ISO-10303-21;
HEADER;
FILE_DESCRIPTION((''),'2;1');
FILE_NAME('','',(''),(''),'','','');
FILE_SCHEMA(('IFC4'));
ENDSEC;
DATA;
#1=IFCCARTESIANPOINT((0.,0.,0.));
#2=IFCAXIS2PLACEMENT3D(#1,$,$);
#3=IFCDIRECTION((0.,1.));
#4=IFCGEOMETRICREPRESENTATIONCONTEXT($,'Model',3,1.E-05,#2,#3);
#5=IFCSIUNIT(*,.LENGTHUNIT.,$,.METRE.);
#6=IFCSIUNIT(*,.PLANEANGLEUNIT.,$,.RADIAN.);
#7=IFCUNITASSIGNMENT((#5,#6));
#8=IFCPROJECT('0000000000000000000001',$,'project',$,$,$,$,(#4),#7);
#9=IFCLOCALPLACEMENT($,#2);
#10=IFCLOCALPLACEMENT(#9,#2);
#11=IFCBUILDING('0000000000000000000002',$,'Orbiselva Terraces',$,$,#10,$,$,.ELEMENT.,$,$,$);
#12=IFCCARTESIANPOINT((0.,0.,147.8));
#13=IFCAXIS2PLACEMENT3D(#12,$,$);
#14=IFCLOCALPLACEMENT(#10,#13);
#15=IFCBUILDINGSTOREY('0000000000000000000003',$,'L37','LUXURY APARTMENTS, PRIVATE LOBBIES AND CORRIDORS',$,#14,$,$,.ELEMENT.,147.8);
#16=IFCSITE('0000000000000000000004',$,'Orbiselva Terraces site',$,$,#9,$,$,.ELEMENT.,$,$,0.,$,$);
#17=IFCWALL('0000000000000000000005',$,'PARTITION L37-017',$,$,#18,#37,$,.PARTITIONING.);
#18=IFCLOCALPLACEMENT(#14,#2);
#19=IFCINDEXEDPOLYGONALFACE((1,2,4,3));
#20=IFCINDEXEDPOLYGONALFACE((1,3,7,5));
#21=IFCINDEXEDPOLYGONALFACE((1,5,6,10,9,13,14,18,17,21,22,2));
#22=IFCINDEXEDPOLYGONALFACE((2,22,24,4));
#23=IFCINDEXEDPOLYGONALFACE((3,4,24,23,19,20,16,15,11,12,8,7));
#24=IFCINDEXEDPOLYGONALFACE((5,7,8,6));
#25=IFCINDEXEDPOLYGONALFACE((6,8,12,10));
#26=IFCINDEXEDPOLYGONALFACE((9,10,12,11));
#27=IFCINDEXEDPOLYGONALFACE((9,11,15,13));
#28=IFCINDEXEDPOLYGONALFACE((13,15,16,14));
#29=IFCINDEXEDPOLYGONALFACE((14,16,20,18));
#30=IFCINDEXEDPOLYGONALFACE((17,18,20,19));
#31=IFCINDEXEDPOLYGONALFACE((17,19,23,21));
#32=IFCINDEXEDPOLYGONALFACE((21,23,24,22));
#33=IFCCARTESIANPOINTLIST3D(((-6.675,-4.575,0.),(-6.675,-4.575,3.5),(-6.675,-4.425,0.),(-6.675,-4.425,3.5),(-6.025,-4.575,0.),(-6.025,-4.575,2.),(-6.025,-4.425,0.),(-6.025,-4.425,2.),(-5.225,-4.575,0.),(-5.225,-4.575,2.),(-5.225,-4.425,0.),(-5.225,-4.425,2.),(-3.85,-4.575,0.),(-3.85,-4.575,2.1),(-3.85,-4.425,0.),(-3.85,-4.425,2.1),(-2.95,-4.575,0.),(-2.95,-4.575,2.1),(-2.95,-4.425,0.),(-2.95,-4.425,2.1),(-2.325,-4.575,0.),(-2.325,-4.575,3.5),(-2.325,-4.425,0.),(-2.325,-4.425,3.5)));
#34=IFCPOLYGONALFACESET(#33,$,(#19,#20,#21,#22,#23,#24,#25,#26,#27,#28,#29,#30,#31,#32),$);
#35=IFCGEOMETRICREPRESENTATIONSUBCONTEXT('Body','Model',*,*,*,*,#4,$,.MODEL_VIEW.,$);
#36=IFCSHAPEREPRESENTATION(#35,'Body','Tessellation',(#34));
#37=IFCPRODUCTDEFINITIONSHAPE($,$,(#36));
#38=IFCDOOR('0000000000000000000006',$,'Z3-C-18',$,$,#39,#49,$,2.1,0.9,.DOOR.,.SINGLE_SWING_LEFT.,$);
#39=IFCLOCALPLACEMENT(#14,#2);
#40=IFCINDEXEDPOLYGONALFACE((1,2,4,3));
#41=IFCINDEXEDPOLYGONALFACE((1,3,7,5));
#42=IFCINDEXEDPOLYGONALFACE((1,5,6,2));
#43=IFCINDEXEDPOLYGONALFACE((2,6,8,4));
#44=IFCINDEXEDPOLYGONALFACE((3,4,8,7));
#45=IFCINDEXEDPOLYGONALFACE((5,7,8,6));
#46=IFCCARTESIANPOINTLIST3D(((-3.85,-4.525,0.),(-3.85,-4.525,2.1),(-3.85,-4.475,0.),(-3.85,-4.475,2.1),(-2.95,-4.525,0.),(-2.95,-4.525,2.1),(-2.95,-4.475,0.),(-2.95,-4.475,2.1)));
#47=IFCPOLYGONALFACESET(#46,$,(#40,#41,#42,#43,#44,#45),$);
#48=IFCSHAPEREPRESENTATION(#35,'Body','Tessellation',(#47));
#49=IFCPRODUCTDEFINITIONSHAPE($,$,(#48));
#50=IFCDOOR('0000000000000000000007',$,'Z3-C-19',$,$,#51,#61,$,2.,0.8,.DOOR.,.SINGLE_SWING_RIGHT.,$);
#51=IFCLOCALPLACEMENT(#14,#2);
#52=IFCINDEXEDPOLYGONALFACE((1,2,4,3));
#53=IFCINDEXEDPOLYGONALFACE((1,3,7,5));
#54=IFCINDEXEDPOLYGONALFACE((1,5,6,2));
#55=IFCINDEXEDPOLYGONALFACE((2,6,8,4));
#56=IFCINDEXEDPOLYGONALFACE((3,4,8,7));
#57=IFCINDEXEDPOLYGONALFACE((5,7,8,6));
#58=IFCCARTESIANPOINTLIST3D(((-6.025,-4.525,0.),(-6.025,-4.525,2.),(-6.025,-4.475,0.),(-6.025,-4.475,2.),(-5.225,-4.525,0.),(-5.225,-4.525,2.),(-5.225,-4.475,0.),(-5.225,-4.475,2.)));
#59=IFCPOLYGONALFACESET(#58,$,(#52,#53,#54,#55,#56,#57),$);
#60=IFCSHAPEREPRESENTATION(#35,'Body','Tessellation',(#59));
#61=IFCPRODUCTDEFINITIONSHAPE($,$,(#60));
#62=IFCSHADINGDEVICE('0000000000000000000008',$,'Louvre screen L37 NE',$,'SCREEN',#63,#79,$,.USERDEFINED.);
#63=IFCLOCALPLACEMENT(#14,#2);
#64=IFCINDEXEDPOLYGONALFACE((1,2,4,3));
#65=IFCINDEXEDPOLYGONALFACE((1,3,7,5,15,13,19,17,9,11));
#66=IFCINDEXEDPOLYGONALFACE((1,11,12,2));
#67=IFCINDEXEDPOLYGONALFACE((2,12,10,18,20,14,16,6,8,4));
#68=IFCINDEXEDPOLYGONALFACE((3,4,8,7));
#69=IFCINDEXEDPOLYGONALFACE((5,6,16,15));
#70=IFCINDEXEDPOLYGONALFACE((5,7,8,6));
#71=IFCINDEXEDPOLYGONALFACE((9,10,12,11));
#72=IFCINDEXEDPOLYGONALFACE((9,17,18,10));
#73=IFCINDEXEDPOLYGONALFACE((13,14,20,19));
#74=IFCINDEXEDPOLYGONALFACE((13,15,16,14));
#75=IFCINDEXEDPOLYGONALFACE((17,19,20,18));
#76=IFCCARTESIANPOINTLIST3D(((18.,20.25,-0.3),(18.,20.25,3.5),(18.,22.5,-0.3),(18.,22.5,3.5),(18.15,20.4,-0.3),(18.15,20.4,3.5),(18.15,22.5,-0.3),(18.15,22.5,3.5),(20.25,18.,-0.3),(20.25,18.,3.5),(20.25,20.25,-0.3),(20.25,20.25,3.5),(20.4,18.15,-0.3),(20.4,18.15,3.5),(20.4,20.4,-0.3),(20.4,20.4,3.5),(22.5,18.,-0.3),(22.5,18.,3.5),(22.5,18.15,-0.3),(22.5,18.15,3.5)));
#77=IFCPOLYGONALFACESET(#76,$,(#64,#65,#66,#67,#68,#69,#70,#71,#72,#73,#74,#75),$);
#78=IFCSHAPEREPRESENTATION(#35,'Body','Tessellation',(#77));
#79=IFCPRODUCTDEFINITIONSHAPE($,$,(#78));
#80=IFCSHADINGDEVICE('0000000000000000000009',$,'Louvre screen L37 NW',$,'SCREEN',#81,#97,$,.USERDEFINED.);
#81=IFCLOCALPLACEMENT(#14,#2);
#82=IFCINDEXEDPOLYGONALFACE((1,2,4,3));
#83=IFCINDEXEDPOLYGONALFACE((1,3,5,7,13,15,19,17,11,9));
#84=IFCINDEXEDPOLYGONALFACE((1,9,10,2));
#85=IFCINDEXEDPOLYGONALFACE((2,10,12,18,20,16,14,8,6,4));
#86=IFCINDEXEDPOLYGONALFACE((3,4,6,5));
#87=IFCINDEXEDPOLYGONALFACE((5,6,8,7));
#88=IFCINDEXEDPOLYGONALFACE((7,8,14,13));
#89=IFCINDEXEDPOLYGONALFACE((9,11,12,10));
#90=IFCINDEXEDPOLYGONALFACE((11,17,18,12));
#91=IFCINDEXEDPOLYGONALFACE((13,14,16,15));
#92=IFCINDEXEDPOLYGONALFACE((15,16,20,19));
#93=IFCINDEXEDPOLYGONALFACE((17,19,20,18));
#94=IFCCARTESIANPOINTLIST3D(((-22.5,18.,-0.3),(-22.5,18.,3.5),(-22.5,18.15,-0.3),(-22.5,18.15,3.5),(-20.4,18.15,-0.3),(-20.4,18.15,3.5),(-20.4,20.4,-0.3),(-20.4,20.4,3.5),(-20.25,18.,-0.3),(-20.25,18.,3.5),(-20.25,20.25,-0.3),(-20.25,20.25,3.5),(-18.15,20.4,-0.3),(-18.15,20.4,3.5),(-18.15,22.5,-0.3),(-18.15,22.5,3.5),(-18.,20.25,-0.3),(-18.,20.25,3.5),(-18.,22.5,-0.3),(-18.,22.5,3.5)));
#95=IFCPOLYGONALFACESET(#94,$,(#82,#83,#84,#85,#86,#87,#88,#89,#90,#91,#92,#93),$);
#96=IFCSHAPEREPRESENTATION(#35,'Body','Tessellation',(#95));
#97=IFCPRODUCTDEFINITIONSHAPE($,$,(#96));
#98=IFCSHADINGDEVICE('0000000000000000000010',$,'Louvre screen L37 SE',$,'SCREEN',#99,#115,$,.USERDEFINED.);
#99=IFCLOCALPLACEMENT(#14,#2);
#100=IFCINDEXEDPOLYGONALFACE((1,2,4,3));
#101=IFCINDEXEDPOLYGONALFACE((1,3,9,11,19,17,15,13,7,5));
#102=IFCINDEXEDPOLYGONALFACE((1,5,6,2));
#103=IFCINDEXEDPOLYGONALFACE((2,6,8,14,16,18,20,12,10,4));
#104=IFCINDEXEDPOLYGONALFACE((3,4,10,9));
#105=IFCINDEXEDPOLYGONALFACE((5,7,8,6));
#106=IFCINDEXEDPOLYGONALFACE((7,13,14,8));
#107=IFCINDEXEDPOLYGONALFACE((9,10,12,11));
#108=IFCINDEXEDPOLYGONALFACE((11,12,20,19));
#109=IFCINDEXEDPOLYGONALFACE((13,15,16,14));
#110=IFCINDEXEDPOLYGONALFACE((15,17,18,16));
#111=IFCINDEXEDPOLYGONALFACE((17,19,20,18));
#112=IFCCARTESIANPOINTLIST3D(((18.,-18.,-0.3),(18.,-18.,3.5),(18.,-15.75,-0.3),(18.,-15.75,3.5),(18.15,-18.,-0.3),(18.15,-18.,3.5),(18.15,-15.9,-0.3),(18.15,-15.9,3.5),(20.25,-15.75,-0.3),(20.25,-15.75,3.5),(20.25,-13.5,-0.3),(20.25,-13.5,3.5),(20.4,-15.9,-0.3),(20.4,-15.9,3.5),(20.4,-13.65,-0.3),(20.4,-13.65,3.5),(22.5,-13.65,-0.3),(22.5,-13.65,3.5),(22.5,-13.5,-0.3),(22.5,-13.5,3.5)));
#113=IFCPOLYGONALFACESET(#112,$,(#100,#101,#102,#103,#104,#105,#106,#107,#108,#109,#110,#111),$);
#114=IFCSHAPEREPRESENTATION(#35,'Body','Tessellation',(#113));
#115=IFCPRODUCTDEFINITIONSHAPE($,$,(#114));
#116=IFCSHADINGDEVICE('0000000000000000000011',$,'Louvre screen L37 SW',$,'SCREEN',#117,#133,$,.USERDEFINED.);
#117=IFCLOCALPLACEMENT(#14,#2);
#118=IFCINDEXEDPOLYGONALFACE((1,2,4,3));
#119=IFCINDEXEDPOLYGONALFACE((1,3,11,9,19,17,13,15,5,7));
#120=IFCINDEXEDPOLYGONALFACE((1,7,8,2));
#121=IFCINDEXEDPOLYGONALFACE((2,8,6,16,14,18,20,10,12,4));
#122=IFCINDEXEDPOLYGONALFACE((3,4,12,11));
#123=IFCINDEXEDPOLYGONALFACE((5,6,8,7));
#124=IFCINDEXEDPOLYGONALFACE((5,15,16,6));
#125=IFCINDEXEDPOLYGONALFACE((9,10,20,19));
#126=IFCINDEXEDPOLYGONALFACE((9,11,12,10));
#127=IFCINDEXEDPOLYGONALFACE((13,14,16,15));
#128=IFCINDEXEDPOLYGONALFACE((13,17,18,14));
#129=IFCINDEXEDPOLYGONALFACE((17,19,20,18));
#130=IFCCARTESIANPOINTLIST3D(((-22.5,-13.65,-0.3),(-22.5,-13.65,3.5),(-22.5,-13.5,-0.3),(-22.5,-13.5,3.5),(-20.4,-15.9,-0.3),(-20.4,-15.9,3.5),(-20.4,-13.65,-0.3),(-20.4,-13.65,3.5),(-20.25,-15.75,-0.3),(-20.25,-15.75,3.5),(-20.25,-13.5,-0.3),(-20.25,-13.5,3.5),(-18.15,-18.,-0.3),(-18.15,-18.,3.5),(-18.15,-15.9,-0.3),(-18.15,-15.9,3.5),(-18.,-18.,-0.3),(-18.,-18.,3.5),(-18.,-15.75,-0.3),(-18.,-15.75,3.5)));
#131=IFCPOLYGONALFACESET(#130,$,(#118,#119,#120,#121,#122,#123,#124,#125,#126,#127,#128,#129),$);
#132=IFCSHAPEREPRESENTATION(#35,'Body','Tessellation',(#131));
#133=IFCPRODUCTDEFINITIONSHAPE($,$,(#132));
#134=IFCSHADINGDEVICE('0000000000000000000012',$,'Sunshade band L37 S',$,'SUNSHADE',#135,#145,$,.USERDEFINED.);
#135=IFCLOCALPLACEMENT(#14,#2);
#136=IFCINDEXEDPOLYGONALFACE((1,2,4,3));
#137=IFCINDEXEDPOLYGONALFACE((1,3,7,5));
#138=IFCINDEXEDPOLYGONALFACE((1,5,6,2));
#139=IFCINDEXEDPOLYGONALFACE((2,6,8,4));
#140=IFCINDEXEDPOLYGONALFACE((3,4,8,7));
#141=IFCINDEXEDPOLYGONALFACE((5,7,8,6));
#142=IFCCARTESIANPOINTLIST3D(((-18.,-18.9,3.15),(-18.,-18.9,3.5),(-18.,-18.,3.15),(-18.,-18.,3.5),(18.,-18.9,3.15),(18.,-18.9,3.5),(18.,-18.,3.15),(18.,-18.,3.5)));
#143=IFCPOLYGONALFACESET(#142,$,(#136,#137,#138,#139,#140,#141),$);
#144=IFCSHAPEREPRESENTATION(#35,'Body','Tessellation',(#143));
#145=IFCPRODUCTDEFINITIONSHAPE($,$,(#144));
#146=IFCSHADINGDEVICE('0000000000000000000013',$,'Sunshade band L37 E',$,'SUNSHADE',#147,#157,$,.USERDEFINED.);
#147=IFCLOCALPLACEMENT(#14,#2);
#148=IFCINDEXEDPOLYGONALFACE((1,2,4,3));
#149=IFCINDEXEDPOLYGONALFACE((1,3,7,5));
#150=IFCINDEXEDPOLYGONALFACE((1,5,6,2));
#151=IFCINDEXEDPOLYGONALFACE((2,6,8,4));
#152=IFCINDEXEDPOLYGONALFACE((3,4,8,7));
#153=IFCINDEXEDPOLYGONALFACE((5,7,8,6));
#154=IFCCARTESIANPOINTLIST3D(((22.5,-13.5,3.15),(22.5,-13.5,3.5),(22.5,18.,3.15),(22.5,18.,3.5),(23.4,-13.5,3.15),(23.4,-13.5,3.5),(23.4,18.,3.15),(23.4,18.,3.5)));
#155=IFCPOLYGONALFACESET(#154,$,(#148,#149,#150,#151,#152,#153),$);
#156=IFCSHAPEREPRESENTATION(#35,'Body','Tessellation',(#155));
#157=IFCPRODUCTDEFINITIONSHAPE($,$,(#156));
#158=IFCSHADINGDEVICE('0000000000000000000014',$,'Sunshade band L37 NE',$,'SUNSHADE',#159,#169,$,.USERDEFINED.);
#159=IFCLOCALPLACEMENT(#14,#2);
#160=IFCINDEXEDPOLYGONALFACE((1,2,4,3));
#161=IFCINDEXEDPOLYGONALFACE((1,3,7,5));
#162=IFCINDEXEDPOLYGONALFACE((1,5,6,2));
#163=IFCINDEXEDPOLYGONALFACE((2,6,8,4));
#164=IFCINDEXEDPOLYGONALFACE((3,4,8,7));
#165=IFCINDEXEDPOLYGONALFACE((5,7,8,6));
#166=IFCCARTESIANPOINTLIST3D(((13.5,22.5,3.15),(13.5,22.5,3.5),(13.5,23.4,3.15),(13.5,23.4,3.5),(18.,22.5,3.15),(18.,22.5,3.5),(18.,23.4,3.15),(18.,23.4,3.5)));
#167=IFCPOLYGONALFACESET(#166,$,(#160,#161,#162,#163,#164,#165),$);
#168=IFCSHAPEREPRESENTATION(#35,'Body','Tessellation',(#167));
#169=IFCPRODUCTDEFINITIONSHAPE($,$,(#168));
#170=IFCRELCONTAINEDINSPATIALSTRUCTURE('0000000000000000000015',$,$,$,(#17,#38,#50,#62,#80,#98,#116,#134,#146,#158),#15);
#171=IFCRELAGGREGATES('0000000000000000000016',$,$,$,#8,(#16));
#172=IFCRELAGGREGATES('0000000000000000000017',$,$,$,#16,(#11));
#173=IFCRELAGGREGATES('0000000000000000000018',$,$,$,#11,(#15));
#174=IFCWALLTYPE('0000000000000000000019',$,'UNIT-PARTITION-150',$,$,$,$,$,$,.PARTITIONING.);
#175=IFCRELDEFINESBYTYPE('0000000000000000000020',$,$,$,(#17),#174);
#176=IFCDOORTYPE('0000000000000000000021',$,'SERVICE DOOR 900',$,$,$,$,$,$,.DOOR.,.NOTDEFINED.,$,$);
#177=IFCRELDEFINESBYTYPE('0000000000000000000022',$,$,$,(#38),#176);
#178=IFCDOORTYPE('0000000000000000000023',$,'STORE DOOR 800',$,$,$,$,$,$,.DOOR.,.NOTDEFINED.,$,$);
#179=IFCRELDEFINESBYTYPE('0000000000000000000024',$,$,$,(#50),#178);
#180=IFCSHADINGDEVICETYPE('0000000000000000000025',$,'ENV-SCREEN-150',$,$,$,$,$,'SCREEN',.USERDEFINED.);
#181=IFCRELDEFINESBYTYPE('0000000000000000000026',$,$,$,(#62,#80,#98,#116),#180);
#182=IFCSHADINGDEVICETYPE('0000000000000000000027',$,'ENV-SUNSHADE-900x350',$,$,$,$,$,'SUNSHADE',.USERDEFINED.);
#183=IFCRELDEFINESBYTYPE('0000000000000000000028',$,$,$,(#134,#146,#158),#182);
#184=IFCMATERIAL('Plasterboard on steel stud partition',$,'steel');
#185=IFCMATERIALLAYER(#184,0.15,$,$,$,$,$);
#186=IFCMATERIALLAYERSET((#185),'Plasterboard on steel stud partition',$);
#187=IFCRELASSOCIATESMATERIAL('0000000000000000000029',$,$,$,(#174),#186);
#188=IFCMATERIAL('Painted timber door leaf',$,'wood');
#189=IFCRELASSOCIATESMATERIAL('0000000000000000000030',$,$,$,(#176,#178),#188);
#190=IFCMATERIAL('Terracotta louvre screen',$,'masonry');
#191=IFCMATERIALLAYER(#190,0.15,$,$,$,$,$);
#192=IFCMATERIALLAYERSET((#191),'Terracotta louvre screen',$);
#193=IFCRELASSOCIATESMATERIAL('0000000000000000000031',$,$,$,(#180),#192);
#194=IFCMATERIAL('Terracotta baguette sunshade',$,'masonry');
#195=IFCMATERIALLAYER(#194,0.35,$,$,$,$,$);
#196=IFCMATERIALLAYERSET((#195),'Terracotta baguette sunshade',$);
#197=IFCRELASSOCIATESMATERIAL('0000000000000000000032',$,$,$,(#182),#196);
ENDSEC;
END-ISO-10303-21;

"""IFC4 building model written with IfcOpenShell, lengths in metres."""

from ifc_helpers import new_model, si_unit, direction, frame, frame_2d, origin, place, context, subcontext, project, spatial, polyline, rectangle, outline, extrude, material, layer, layer_set, type_object, element, fill, save


model = new_model("IFC4")

# Units and contexts
model_context = context("Model", 3, precision=1e-05, world=origin(), true_north=direction((0.0, 1.0)))
body_context = subcontext(model_context, "Body", "Model", "MODEL_VIEW")
ifc_project = project(units=[si_unit("LENGTHUNIT", "METRE"), si_unit("PLANEANGLEUNIT", "RADIAN")], contexts=[model_context])

# Site, building, storey
site_placement = place(None, origin())
site = spatial("IfcSite", under=ifc_project, at=site_placement, Name="Orbiselva Terraces site", CompositionType="ELEMENT", RefElevation=0.0)
building_placement = place(site_placement, origin())
building = spatial("IfcBuilding", under=site, at=building_placement, Name="Orbiselva Terraces", CompositionType="ELEMENT")
storey_placement = place(building_placement, frame((0.0, 0.0, 147.8)))
storey = spatial("IfcBuildingStorey", under=building, at=storey_placement, Name="L37", Description="LUXURY APARTMENTS, PRIVATE LOBBIES AND CORRIDORS", CompositionType="ELEMENT", Elevation=147.8)

# Shared definitions
ifc_material_1 = material(Name="Plasterboard on steel stud partition", Category="steel")
ifc_layer_1 = layer(ifc_material_1, 0.15)
ifc_layer_set_1 = layer_set([ifc_layer_1], Name="Plasterboard on steel stud partition")
wall_type = type_object("IfcWallType", Name="UNIT-PARTITION-150", PredefinedType="PARTITIONING", material=ifc_layer_set_1)

# Shared definitions
ifc_material_2 = material(Name="Painted timber door leaf", Category="wood")

# Wall, openings, doors
wall_1_placement = place(storey_placement, frame((-2.325, -4.5, 0.0), z_axis=(0.0, 0.0, 1.0), x_axis=(-1.0, 0.0, 0.0)))
wall_1 = element("IfcWall", 1, at=wall_1_placement, inside=storey, type_object=wall_type, Name="PARTITION L37-017", PredefinedType="PARTITIONING", context=body_context, shape_type="SweptSolid", body=[
    extrude(rectangle(XDim=4.35, YDim=0.15, at=frame_2d((2.175, 0.0))), origin(), (0.0, 0.0, 1.0), 3.5),
])
opening_1_placement = place(wall_1_placement, frame((0.625, 0.0, 0.0)))
opening_1 = element("IfcOpeningElement", 2, at=opening_1_placement, cuts=wall_1, PredefinedType="OPENING", context=body_context, shape_type="SweptSolid", body=[
    extrude(rectangle(XDim=0.9, YDim=2.1, at=frame_2d((0.45, 1.05))), frame((0.0, 0.085, 0.0), z_axis=(0.0, -1.0, 0.0), x_axis=(1.0, 0.0, 0.0)), (0.0, 0.0, 1.0), 0.17),
])
opening_2_placement = place(wall_1_placement, frame((2.9, 0.0, 0.0)))
opening_2 = element("IfcOpeningElement", 3, at=opening_2_placement, cuts=wall_1, PredefinedType="OPENING", context=body_context, shape_type="SweptSolid", body=[
    extrude(rectangle(XDim=0.8, YDim=2.0, at=frame_2d((0.4, 1.0))), frame((0.0, 0.085, 0.0), z_axis=(0.0, -1.0, 0.0), x_axis=(1.0, 0.0, 0.0)), (0.0, 0.0, 1.0), 0.17),
])
door_type_1 = type_object("IfcDoorType", Name="SERVICE DOOR 900", OperationType="NOTDEFINED", PredefinedType="DOOR", material=ifc_material_2)
door_1_placement = place(opening_1_placement, origin())
door_1 = element("IfcDoor", 4, at=door_1_placement, inside=storey, type_object=door_type_1, Name="Z3-C-18", OperationType="SINGLE_SWING_LEFT", OverallHeight=2.1, OverallWidth=0.9, PredefinedType="DOOR", context=body_context, shape_type="SweptSolid", body=[
    extrude(rectangle(XDim=0.9, YDim=2.1, at=frame_2d((0.45, 1.05))), frame((0.0, 0.025, 0.0), z_axis=(0.0, -1.0, 0.0), x_axis=(1.0, 0.0, 0.0)), (0.0, 0.0, 1.0), 0.05),
])
fill(opening_1, door_1)
door_type_2 = type_object("IfcDoorType", Name="STORE DOOR 800", OperationType="NOTDEFINED", PredefinedType="DOOR", material=ifc_material_2)
door_2_placement = place(opening_2_placement, origin())
door_2 = element("IfcDoor", 5, at=door_2_placement, inside=storey, type_object=door_type_2, Name="Z3-C-19", OperationType="SINGLE_SWING_RIGHT", OverallHeight=2.0, OverallWidth=0.8, PredefinedType="DOOR", context=body_context, shape_type="SweptSolid", body=[
    extrude(rectangle(XDim=0.8, YDim=2.0, at=frame_2d((0.4, 1.0))), frame((0.0, 0.025, 0.0), z_axis=(0.0, -1.0, 0.0), x_axis=(1.0, 0.0, 0.0)), (0.0, 0.0, 1.0), 0.05),
])
fill(opening_2, door_2)

# Shading devices
ifc_material_3 = material(Name="Terracotta louvre screen", Category="masonry")
ifc_layer_2 = layer(ifc_material_3, 0.15)
ifc_layer_set_2 = layer_set([ifc_layer_2], Name="Terracotta louvre screen")
shading_device_type_1 = type_object("IfcShadingDeviceType", Name="ENV-SCREEN-150", ElementType="SCREEN", PredefinedType="USERDEFINED", material=ifc_layer_set_2)
shading_device_1_placement = place(storey_placement, frame((0.0, 0.0, -0.3)))
element("IfcShadingDevice", 6, at=shading_device_1_placement, inside=storey, type_object=shading_device_type_1, Name="Louvre screen L37 NE", ObjectType="SCREEN", PredefinedType="USERDEFINED", context=body_context, shape_type="SweptSolid", body=[
    extrude(outline(polyline([(22.5, 18.15), (20.4, 18.15), (20.4, 20.4), (18.15, 20.4), (18.15, 22.5), (18.0, 22.5), (18.0, 20.25), (20.25, 20.25), (20.25, 18.0), (22.5, 18.0), (22.5, 18.15)])), origin(), (0.0, 0.0, 1.0), 3.8),
])
shading_device_2_placement = place(storey_placement, frame((0.0, 0.0, -0.3)))
element("IfcShadingDevice", 7, at=shading_device_2_placement, inside=storey, type_object=shading_device_type_1, Name="Louvre screen L37 NW", ObjectType="SCREEN", PredefinedType="USERDEFINED", context=body_context, shape_type="SweptSolid", body=[
    extrude(outline(polyline([(-18.15, 22.5), (-18.15, 20.4), (-20.4, 20.4), (-20.4, 18.15), (-22.5, 18.15), (-22.5, 18.0), (-20.25, 18.0), (-20.25, 20.25), (-18.0, 20.25), (-18.0, 22.5), (-18.15, 22.5)])), origin(), (0.0, 0.0, 1.0), 3.8),
])
shading_device_3_placement = place(storey_placement, frame((0.0, 0.0, -0.3)))
element("IfcShadingDevice", 8, at=shading_device_3_placement, inside=storey, type_object=shading_device_type_1, Name="Louvre screen L37 SE", ObjectType="SCREEN", PredefinedType="USERDEFINED", context=body_context, shape_type="SweptSolid", body=[
    extrude(outline(polyline([(18.15, -18.0), (18.15, -15.9), (20.4, -15.9), (20.4, -13.65), (22.5, -13.65), (22.5, -13.5), (20.25, -13.5), (20.25, -15.75), (18.0, -15.75), (18.0, -18.0), (18.15, -18.0)])), origin(), (0.0, 0.0, 1.0), 3.8),
])
shading_device_4_placement = place(storey_placement, frame((0.0, 0.0, -0.3)))
element("IfcShadingDevice", 9, at=shading_device_4_placement, inside=storey, type_object=shading_device_type_1, Name="Louvre screen L37 SW", ObjectType="SCREEN", PredefinedType="USERDEFINED", context=body_context, shape_type="SweptSolid", body=[
    extrude(outline(polyline([(-22.5, -13.65), (-20.4, -13.65), (-20.4, -15.9), (-18.15, -15.9), (-18.15, -18.0), (-18.0, -18.0), (-18.0, -15.75), (-20.25, -15.75), (-20.25, -13.5), (-22.5, -13.5), (-22.5, -13.65)])), origin(), (0.0, 0.0, 1.0), 3.8),
])
ifc_material_4 = material(Name="Terracotta baguette sunshade", Category="masonry")
ifc_layer_3 = layer(ifc_material_4, 0.35)
ifc_layer_set_3 = layer_set([ifc_layer_3], Name="Terracotta baguette sunshade")
shading_device_type_2 = type_object("IfcShadingDeviceType", Name="ENV-SUNSHADE-900x350", ElementType="SUNSHADE", PredefinedType="USERDEFINED", material=ifc_layer_set_3)
shading_device_5_placement = place(storey_placement, frame((0.0, 0.0, 3.15)))
element("IfcShadingDevice", 10, at=shading_device_5_placement, inside=storey, type_object=shading_device_type_2, Name="Sunshade band L37 S", ObjectType="SUNSHADE", PredefinedType="USERDEFINED", context=body_context, shape_type="SweptSolid", body=[
    extrude(outline(polyline([(-18.0, -18.9), (18.0, -18.9), (18.0, -18.0), (-18.0, -18.0), (-18.0, -18.9)])), origin(), (0.0, 0.0, 1.0), 0.35),
])
shading_device_6_placement = place(storey_placement, frame((0.0, 0.0, 3.15)))
element("IfcShadingDevice", 11, at=shading_device_6_placement, inside=storey, type_object=shading_device_type_2, Name="Sunshade band L37 E", ObjectType="SUNSHADE", PredefinedType="USERDEFINED", context=body_context, shape_type="SweptSolid", body=[
    extrude(outline(polyline([(23.4, -13.5), (23.4, 18.0), (22.5, 18.0), (22.5, -13.5), (23.4, -13.5)])), origin(), (0.0, 0.0, 1.0), 0.35),
])
shading_device_7_placement = place(storey_placement, frame((0.0, 0.0, 3.15)))
element("IfcShadingDevice", 12, at=shading_device_7_placement, inside=storey, type_object=shading_device_type_2, Name="Sunshade band L37 NE", ObjectType="SUNSHADE", PredefinedType="USERDEFINED", context=body_context, shape_type="SweptSolid", body=[
    extrude(outline(polyline([(18.0, 23.4), (13.5, 23.4), (13.5, 22.5), (18.0, 22.5), (18.0, 23.4)])), origin(), (0.0, 0.0, 1.0), 0.35),
])

save(model, "model.ifc")
